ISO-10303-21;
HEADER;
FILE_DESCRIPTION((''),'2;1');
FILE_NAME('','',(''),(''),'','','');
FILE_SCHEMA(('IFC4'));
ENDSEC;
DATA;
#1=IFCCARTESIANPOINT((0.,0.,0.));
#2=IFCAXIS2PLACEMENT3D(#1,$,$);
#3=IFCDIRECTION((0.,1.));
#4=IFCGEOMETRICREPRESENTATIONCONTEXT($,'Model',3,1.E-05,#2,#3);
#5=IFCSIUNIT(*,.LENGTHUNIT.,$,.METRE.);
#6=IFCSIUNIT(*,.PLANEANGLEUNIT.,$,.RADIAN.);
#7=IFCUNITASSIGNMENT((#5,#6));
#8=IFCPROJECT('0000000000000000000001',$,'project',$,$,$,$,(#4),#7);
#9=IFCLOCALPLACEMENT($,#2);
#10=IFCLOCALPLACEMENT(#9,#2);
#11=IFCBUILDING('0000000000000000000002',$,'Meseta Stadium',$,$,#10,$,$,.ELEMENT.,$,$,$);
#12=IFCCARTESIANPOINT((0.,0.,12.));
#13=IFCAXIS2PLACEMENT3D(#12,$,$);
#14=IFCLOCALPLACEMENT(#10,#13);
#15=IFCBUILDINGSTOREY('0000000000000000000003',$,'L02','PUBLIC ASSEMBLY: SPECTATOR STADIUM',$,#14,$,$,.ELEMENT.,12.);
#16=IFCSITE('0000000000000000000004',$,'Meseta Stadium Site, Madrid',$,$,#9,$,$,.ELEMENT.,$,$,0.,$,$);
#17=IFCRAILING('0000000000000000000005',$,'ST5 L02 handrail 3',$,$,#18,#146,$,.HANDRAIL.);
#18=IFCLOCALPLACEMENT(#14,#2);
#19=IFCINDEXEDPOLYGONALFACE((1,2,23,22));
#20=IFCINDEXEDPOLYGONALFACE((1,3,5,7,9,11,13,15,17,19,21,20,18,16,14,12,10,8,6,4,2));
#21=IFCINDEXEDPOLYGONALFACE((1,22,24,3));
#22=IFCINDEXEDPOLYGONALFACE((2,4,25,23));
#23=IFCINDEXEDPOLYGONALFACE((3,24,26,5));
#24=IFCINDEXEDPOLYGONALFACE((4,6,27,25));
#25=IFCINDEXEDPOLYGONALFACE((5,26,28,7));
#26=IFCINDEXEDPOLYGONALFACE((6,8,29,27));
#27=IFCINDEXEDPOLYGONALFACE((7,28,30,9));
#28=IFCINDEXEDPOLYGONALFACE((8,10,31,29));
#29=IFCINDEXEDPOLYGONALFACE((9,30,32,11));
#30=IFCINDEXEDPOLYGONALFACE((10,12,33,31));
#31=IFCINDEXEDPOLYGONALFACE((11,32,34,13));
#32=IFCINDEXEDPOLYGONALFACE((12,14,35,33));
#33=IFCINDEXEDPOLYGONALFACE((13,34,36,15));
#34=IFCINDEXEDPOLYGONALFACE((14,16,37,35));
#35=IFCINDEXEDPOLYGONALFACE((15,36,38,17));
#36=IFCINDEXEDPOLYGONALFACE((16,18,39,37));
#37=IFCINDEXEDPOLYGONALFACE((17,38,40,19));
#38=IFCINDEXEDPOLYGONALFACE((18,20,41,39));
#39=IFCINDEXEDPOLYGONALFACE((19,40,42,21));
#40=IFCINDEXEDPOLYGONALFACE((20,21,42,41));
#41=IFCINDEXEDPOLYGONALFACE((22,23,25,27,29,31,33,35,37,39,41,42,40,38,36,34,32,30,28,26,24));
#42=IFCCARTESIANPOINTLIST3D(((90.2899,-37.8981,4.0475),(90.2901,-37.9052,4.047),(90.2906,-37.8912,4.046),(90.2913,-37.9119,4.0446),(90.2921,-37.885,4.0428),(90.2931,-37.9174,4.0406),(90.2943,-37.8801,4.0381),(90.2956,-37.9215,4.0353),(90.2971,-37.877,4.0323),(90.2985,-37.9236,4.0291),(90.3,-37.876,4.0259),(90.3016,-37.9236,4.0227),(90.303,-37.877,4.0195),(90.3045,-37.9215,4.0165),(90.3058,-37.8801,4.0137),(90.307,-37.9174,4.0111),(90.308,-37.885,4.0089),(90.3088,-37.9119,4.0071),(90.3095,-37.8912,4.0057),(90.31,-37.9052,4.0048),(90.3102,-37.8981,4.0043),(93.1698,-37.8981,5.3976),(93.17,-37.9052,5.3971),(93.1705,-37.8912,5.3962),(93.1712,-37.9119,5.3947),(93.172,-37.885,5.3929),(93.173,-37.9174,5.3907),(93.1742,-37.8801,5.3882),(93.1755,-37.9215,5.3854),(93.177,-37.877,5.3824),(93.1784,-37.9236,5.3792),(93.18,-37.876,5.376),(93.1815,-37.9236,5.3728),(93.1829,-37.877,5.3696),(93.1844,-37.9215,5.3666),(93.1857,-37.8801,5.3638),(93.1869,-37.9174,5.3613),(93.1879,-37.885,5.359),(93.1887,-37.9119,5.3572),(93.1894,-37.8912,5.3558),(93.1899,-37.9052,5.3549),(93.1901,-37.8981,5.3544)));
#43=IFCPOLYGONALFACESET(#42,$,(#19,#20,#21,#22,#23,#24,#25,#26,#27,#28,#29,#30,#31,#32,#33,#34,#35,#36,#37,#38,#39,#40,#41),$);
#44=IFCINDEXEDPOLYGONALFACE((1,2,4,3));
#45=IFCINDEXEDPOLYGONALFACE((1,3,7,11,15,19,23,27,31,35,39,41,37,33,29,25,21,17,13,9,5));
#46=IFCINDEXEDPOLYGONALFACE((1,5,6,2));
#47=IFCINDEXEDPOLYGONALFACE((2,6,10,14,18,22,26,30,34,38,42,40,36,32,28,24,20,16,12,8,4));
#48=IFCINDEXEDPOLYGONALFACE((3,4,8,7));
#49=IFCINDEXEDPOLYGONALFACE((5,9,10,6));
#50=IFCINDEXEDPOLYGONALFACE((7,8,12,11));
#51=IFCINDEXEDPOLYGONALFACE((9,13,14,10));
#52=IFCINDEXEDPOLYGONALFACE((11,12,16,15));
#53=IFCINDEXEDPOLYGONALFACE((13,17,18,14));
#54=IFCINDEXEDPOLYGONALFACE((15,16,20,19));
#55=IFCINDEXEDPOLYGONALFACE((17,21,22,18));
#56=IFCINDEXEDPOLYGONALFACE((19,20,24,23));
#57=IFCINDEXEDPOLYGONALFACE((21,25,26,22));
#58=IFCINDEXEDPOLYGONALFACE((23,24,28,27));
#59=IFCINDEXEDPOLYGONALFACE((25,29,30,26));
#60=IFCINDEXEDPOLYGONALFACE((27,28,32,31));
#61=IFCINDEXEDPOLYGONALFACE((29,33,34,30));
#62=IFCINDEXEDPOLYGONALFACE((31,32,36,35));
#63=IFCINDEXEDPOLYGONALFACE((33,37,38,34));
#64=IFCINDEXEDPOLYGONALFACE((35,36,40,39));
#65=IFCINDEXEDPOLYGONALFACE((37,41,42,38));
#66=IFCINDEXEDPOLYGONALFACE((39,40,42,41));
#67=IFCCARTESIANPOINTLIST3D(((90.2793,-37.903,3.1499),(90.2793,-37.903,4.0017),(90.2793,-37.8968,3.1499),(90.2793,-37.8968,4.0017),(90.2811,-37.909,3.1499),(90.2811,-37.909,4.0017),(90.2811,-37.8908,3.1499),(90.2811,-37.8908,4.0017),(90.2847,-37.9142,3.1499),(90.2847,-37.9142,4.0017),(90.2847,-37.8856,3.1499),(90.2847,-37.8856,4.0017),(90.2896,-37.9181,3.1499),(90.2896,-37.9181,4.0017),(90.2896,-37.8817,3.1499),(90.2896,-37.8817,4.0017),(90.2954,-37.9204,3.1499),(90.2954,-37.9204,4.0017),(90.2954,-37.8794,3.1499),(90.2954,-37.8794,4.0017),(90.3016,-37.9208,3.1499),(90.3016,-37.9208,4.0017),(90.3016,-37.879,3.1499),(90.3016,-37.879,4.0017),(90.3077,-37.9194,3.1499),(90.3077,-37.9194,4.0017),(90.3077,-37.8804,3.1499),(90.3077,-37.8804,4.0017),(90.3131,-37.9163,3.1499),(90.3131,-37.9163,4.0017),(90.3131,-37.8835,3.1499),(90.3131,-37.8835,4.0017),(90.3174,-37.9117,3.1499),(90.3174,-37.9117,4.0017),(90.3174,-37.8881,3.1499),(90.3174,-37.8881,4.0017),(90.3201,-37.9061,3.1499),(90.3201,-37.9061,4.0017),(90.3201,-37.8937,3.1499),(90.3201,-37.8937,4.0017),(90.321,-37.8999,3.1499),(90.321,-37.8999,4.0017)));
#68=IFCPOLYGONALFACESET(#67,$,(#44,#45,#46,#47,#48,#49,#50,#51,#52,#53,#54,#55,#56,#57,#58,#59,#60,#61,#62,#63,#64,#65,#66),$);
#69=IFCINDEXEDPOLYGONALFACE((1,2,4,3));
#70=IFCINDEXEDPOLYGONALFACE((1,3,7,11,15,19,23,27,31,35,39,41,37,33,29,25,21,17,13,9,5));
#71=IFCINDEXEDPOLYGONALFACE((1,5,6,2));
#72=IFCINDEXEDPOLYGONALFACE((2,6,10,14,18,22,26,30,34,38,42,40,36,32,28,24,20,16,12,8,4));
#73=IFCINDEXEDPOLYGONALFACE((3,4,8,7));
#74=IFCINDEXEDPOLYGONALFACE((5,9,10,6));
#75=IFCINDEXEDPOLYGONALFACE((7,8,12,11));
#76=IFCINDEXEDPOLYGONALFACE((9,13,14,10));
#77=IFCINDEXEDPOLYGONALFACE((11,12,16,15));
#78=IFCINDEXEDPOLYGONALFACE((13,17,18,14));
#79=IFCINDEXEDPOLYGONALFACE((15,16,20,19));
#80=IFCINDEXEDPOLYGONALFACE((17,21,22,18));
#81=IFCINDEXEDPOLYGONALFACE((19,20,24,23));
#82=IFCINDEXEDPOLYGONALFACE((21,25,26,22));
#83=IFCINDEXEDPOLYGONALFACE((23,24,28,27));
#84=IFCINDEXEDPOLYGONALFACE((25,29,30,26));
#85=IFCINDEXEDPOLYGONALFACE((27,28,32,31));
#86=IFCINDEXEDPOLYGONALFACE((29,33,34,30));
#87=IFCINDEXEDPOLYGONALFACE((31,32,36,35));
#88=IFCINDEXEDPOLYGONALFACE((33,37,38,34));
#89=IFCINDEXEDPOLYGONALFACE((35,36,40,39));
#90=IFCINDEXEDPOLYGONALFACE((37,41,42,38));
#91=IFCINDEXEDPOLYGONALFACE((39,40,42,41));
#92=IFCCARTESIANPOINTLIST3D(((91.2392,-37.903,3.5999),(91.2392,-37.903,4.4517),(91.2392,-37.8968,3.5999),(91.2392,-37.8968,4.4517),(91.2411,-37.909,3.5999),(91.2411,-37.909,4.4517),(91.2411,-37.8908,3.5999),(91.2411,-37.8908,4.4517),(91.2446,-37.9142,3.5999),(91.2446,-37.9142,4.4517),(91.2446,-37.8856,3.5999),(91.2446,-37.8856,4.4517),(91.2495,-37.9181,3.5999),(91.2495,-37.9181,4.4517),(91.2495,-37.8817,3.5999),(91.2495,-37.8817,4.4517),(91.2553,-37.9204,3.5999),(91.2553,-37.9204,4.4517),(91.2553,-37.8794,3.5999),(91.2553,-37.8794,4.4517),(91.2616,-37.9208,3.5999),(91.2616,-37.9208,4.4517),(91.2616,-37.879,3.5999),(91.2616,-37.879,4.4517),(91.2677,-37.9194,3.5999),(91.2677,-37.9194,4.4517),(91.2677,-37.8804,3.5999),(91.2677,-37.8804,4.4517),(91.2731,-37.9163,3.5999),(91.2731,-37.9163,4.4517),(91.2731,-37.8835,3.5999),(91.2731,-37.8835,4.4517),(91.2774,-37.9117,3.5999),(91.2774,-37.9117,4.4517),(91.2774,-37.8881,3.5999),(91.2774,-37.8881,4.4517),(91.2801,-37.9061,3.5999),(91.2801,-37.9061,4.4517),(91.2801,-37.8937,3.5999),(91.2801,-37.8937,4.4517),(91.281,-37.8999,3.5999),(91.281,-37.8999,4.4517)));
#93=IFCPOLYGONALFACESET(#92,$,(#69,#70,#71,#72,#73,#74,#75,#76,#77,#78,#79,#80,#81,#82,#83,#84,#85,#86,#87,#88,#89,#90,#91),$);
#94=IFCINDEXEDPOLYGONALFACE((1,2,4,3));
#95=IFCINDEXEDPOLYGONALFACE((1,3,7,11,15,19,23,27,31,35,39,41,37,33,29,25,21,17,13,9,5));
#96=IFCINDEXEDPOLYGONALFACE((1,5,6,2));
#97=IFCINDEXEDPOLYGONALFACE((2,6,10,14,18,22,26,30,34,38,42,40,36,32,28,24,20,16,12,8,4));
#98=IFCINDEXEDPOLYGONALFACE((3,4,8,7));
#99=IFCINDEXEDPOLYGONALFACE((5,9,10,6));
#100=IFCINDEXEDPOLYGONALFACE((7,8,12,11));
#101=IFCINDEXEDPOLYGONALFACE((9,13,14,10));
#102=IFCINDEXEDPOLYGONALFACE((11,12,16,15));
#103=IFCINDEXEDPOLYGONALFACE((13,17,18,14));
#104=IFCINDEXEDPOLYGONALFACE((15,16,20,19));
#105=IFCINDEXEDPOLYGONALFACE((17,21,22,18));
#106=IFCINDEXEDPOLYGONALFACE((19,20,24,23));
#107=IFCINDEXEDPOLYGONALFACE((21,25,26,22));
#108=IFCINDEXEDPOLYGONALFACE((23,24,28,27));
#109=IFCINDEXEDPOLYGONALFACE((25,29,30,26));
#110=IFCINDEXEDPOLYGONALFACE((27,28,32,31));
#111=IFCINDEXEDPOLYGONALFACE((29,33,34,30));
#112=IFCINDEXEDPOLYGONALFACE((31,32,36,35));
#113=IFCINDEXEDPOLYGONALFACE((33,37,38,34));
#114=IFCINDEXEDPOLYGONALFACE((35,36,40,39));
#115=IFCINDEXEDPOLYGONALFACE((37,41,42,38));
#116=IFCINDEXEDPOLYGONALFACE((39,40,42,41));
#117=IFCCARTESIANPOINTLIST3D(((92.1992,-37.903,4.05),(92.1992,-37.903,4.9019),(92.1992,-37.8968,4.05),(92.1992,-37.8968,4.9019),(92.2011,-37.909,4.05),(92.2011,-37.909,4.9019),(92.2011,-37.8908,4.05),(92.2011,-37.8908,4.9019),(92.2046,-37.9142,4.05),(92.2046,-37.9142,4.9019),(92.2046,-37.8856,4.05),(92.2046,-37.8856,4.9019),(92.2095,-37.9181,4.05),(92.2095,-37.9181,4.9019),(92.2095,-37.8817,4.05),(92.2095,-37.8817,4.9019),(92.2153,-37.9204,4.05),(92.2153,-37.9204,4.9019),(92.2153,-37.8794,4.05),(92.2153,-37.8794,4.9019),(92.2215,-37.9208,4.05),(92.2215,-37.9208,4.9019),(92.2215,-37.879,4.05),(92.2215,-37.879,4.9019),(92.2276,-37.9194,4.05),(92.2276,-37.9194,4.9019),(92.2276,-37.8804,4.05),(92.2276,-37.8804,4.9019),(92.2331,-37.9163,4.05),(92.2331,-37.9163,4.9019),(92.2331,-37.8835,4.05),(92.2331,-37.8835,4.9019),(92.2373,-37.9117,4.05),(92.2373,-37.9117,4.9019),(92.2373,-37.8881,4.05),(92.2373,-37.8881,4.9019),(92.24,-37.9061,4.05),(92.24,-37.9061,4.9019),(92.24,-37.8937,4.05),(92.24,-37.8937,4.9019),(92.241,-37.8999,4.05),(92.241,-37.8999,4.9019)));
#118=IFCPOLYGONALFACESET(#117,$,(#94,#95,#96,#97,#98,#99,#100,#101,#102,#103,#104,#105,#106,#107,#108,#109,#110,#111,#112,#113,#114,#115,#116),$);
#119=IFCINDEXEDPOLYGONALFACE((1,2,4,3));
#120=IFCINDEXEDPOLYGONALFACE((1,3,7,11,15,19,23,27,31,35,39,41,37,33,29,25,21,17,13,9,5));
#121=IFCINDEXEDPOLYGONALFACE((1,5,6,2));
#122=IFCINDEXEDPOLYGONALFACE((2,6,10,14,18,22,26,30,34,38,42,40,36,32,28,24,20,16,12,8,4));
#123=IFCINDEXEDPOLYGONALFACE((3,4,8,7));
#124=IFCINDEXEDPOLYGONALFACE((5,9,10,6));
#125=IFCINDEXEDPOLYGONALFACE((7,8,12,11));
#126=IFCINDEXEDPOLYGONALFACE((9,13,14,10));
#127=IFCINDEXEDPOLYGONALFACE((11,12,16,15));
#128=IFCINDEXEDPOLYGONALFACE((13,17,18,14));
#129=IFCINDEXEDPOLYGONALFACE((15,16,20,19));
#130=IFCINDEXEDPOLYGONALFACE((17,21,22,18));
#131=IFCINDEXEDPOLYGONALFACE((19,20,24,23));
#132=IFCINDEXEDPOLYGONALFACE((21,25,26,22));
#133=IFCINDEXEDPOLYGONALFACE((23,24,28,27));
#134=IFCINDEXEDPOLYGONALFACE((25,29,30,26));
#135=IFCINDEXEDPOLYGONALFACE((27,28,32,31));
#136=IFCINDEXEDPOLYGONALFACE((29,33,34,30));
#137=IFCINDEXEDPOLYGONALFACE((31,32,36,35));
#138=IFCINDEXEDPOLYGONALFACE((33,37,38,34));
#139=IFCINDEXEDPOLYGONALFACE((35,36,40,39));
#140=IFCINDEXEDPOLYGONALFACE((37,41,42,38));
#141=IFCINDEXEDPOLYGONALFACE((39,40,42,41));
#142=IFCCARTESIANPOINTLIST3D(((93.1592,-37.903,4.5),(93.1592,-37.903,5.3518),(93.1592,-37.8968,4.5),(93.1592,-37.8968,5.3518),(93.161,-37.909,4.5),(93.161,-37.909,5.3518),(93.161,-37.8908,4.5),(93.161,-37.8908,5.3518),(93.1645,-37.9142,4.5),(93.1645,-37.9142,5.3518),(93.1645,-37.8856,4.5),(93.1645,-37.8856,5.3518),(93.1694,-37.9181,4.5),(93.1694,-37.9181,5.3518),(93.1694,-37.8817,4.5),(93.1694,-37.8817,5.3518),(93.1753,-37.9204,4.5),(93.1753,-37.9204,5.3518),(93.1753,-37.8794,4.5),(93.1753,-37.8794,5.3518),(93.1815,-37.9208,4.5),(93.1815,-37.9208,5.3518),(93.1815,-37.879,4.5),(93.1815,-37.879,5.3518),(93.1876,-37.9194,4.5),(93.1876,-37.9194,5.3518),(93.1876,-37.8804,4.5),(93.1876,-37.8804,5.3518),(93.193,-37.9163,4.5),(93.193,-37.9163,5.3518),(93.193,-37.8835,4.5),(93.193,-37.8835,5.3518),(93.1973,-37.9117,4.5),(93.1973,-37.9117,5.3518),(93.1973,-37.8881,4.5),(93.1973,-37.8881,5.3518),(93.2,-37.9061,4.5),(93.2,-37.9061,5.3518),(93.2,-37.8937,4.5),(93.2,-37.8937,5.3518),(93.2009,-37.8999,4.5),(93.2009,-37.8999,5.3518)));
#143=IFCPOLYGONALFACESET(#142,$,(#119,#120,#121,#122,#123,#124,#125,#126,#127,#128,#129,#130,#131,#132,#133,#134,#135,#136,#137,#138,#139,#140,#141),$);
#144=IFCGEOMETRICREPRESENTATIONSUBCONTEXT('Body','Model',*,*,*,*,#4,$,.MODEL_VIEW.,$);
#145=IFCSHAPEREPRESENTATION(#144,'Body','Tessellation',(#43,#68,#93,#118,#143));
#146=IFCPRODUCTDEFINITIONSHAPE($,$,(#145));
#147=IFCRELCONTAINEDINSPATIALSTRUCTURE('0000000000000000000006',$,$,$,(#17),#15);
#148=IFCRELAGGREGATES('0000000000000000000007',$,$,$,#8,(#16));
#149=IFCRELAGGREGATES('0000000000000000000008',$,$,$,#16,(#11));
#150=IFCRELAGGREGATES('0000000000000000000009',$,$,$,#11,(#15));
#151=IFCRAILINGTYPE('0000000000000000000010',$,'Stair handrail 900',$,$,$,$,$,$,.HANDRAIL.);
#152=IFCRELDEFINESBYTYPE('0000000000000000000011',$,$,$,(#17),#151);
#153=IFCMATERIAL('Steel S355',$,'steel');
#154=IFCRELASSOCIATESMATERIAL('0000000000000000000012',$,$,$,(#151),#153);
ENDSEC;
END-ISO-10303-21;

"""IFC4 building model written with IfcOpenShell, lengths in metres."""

from ifc_helpers import new_model, si_unit, direction, frame, origin, origin_2d, place, context, subcontext, project, spatial, circle, extrude, material, type_object, element, save


model = new_model("IFC4")

# Units and contexts
model_context = context("Model", 3, precision=1e-05, world=origin(), true_north=direction((0.0, 1.0)))
body_context = subcontext(model_context, "Body", "Model", "MODEL_VIEW")
ifc_project = project(units=[si_unit("LENGTHUNIT", "METRE"), si_unit("PLANEANGLEUNIT", "RADIAN")], contexts=[model_context])

# Site, building, storey
site_placement = place(None, origin())
site = spatial("IfcSite", under=ifc_project, at=site_placement, Name="Meseta Stadium Site, Madrid", CompositionType="ELEMENT", RefElevation=0.0)
building_placement = place(site_placement, origin())
building = spatial("IfcBuilding", under=site, at=building_placement, Name="Meseta Stadium", CompositionType="ELEMENT")
storey_placement = place(building_placement, frame((0.0, 0.0, 12.0)))
storey = spatial("IfcBuildingStorey", under=building, at=storey_placement, Name="L02", Description="PUBLIC ASSEMBLY: SPECTATOR STADIUM", CompositionType="ELEMENT", Elevation=12.0)

# Railing
ifc_material_1 = material(Name="Steel S355", Category="steel")
railing_type_1 = type_object("IfcRailingType", Name="Stair handrail 900", PredefinedType="HANDRAIL", material=ifc_material_1)
railing_1_placement = place(storey_placement, frame((90.3, -37.8999, 3.1499)))
element("IfcRailing", 1, at=railing_1_placement, inside=storey, type_object=railing_type_1, Name="ST5 L02 handrail 3", PredefinedType="HANDRAIL", context=body_context, shape_type="SweptSolid", body=[
    extrude(circle(Radius=0.0239, at=origin_2d()), frame((0.0, 0.0, 0.876), z_axis=(0.90544, 0.0, 0.424473), x_axis=(0.0, 1.0, 0.0)), (0.0, 0.0, 1.0), 3.1807),
    extrude(circle(Radius=0.021, at=origin_2d()), origin(), (0.0, 0.0, 1.0), 0.8518),
    extrude(circle(Radius=0.021, at=origin_2d()), frame((0.96, 0.0, 0.45)), (0.0, 0.0, 1.0), 0.8518),
    extrude(circle(Radius=0.021, at=origin_2d()), frame((1.9199, 0.0, 0.9001)), (0.0, 0.0, 1.0), 0.8518),
    extrude(circle(Radius=0.021, at=origin_2d()), frame((2.8799, 0.0, 1.3501)), (0.0, 0.0, 1.0), 0.8518),
])

save(model, "model.ifc")
